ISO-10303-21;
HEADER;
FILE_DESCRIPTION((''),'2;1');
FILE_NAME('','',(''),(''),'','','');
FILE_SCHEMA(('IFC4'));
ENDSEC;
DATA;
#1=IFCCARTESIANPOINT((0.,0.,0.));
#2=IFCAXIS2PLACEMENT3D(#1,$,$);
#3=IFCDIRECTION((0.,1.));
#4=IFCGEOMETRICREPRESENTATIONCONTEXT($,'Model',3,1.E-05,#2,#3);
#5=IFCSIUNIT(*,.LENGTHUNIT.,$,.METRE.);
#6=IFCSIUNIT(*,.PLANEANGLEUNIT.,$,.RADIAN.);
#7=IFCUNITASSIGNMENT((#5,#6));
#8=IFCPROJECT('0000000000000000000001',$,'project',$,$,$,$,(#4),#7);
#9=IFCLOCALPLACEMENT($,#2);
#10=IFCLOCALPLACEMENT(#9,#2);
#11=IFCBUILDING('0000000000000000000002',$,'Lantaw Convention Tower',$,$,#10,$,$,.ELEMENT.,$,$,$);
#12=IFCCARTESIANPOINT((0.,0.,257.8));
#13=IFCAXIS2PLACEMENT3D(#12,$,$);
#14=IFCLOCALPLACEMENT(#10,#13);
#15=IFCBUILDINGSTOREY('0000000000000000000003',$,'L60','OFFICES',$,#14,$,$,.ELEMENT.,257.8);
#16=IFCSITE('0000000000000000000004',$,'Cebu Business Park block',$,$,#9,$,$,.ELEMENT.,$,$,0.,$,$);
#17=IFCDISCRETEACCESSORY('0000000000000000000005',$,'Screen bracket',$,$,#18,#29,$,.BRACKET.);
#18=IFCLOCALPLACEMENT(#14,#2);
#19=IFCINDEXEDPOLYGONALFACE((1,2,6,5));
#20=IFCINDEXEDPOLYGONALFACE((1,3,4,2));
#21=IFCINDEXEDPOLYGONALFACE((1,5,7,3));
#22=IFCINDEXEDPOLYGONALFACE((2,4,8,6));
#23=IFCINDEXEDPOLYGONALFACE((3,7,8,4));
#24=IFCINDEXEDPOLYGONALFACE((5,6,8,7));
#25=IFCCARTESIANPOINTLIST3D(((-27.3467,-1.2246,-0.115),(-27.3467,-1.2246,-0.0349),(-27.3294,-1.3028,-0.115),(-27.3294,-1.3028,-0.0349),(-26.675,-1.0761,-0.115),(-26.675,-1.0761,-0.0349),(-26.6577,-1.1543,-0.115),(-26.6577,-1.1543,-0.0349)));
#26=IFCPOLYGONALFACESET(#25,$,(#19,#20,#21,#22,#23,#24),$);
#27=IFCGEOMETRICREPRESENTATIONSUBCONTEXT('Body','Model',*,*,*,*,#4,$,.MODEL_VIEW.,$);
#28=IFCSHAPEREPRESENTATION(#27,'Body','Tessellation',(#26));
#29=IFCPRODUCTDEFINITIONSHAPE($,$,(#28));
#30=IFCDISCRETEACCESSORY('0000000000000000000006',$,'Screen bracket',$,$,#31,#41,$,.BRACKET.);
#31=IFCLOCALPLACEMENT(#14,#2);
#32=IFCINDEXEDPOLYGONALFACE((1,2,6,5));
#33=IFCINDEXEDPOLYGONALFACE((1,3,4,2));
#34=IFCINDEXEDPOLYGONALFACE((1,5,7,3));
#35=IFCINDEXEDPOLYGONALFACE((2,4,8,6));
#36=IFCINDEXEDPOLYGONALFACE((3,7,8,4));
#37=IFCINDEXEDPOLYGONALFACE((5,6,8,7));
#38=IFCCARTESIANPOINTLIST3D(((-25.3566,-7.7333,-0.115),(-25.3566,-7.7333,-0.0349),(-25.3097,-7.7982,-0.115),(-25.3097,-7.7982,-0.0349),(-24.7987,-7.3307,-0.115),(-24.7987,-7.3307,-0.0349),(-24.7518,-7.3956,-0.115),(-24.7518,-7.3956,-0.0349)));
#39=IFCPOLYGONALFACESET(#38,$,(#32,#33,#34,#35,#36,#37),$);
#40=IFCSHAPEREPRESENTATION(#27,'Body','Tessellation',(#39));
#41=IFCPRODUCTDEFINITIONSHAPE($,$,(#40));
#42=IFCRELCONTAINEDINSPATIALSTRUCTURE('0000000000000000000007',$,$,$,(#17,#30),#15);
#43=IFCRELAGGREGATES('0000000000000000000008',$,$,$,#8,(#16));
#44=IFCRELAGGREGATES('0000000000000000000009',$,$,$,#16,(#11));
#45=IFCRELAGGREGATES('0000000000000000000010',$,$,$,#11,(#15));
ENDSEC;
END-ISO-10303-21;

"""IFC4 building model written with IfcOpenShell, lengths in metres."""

from ifc_helpers import new_model, si_unit, direction, frame, origin, origin_2d, place, context, subcontext, project, spatial, rectangle, extrude, element, save


model = new_model("IFC4")

# Units and contexts
model_context = context("Model", 3, precision=1e-05, world=origin(), true_north=direction((0.0, 1.0)))
body_context = subcontext(model_context, "Body", "Model", "MODEL_VIEW")
ifc_project = project(units=[si_unit("LENGTHUNIT", "METRE"), si_unit("PLANEANGLEUNIT", "RADIAN")], contexts=[model_context])

# Site, building, storey
site_placement = place(None, origin())
site = spatial("IfcSite", under=ifc_project, at=site_placement, Name="Cebu Business Park block", CompositionType="ELEMENT", RefElevation=0.0)
building_placement = place(site_placement, origin())
building = spatial("IfcBuilding", under=site, at=building_placement, Name="Lantaw Convention Tower", CompositionType="ELEMENT")
storey_placement = place(building_placement, frame((0.0, 0.0, 257.8)))
storey = spatial("IfcBuildingStorey", under=building, at=storey_placement, Name="L60", Description="OFFICES", CompositionType="ELEMENT", Elevation=257.8)

# Discrete accessories
for number, where, z_axis, x_axis, name in (
    (1, (-27.0022, -1.1895, -0.115), (0.0, 0.0, 1.0), (0.215891, -0.976417, 0.0), "Screen bracket"),
    (2, (-25.0542, -7.5645, -0.115), (0.0, 0.0, 1.0), (0.585158, -0.81092, 0.0), "Screen bracket"),
):
    element("IfcDiscreteAccessory", number, at=place(storey_placement, frame(where, z_axis=z_axis, x_axis=x_axis)), inside=storey, Name=name, PredefinedType="BRACKET", context=body_context, shape_type="SweptSolid", body=[
        extrude(rectangle(XDim=0.0801, YDim=0.688, at=origin_2d()), origin(), (0.0, 0.0, 1.0), 0.0801),
    ])

save(model, "model.ifc")
